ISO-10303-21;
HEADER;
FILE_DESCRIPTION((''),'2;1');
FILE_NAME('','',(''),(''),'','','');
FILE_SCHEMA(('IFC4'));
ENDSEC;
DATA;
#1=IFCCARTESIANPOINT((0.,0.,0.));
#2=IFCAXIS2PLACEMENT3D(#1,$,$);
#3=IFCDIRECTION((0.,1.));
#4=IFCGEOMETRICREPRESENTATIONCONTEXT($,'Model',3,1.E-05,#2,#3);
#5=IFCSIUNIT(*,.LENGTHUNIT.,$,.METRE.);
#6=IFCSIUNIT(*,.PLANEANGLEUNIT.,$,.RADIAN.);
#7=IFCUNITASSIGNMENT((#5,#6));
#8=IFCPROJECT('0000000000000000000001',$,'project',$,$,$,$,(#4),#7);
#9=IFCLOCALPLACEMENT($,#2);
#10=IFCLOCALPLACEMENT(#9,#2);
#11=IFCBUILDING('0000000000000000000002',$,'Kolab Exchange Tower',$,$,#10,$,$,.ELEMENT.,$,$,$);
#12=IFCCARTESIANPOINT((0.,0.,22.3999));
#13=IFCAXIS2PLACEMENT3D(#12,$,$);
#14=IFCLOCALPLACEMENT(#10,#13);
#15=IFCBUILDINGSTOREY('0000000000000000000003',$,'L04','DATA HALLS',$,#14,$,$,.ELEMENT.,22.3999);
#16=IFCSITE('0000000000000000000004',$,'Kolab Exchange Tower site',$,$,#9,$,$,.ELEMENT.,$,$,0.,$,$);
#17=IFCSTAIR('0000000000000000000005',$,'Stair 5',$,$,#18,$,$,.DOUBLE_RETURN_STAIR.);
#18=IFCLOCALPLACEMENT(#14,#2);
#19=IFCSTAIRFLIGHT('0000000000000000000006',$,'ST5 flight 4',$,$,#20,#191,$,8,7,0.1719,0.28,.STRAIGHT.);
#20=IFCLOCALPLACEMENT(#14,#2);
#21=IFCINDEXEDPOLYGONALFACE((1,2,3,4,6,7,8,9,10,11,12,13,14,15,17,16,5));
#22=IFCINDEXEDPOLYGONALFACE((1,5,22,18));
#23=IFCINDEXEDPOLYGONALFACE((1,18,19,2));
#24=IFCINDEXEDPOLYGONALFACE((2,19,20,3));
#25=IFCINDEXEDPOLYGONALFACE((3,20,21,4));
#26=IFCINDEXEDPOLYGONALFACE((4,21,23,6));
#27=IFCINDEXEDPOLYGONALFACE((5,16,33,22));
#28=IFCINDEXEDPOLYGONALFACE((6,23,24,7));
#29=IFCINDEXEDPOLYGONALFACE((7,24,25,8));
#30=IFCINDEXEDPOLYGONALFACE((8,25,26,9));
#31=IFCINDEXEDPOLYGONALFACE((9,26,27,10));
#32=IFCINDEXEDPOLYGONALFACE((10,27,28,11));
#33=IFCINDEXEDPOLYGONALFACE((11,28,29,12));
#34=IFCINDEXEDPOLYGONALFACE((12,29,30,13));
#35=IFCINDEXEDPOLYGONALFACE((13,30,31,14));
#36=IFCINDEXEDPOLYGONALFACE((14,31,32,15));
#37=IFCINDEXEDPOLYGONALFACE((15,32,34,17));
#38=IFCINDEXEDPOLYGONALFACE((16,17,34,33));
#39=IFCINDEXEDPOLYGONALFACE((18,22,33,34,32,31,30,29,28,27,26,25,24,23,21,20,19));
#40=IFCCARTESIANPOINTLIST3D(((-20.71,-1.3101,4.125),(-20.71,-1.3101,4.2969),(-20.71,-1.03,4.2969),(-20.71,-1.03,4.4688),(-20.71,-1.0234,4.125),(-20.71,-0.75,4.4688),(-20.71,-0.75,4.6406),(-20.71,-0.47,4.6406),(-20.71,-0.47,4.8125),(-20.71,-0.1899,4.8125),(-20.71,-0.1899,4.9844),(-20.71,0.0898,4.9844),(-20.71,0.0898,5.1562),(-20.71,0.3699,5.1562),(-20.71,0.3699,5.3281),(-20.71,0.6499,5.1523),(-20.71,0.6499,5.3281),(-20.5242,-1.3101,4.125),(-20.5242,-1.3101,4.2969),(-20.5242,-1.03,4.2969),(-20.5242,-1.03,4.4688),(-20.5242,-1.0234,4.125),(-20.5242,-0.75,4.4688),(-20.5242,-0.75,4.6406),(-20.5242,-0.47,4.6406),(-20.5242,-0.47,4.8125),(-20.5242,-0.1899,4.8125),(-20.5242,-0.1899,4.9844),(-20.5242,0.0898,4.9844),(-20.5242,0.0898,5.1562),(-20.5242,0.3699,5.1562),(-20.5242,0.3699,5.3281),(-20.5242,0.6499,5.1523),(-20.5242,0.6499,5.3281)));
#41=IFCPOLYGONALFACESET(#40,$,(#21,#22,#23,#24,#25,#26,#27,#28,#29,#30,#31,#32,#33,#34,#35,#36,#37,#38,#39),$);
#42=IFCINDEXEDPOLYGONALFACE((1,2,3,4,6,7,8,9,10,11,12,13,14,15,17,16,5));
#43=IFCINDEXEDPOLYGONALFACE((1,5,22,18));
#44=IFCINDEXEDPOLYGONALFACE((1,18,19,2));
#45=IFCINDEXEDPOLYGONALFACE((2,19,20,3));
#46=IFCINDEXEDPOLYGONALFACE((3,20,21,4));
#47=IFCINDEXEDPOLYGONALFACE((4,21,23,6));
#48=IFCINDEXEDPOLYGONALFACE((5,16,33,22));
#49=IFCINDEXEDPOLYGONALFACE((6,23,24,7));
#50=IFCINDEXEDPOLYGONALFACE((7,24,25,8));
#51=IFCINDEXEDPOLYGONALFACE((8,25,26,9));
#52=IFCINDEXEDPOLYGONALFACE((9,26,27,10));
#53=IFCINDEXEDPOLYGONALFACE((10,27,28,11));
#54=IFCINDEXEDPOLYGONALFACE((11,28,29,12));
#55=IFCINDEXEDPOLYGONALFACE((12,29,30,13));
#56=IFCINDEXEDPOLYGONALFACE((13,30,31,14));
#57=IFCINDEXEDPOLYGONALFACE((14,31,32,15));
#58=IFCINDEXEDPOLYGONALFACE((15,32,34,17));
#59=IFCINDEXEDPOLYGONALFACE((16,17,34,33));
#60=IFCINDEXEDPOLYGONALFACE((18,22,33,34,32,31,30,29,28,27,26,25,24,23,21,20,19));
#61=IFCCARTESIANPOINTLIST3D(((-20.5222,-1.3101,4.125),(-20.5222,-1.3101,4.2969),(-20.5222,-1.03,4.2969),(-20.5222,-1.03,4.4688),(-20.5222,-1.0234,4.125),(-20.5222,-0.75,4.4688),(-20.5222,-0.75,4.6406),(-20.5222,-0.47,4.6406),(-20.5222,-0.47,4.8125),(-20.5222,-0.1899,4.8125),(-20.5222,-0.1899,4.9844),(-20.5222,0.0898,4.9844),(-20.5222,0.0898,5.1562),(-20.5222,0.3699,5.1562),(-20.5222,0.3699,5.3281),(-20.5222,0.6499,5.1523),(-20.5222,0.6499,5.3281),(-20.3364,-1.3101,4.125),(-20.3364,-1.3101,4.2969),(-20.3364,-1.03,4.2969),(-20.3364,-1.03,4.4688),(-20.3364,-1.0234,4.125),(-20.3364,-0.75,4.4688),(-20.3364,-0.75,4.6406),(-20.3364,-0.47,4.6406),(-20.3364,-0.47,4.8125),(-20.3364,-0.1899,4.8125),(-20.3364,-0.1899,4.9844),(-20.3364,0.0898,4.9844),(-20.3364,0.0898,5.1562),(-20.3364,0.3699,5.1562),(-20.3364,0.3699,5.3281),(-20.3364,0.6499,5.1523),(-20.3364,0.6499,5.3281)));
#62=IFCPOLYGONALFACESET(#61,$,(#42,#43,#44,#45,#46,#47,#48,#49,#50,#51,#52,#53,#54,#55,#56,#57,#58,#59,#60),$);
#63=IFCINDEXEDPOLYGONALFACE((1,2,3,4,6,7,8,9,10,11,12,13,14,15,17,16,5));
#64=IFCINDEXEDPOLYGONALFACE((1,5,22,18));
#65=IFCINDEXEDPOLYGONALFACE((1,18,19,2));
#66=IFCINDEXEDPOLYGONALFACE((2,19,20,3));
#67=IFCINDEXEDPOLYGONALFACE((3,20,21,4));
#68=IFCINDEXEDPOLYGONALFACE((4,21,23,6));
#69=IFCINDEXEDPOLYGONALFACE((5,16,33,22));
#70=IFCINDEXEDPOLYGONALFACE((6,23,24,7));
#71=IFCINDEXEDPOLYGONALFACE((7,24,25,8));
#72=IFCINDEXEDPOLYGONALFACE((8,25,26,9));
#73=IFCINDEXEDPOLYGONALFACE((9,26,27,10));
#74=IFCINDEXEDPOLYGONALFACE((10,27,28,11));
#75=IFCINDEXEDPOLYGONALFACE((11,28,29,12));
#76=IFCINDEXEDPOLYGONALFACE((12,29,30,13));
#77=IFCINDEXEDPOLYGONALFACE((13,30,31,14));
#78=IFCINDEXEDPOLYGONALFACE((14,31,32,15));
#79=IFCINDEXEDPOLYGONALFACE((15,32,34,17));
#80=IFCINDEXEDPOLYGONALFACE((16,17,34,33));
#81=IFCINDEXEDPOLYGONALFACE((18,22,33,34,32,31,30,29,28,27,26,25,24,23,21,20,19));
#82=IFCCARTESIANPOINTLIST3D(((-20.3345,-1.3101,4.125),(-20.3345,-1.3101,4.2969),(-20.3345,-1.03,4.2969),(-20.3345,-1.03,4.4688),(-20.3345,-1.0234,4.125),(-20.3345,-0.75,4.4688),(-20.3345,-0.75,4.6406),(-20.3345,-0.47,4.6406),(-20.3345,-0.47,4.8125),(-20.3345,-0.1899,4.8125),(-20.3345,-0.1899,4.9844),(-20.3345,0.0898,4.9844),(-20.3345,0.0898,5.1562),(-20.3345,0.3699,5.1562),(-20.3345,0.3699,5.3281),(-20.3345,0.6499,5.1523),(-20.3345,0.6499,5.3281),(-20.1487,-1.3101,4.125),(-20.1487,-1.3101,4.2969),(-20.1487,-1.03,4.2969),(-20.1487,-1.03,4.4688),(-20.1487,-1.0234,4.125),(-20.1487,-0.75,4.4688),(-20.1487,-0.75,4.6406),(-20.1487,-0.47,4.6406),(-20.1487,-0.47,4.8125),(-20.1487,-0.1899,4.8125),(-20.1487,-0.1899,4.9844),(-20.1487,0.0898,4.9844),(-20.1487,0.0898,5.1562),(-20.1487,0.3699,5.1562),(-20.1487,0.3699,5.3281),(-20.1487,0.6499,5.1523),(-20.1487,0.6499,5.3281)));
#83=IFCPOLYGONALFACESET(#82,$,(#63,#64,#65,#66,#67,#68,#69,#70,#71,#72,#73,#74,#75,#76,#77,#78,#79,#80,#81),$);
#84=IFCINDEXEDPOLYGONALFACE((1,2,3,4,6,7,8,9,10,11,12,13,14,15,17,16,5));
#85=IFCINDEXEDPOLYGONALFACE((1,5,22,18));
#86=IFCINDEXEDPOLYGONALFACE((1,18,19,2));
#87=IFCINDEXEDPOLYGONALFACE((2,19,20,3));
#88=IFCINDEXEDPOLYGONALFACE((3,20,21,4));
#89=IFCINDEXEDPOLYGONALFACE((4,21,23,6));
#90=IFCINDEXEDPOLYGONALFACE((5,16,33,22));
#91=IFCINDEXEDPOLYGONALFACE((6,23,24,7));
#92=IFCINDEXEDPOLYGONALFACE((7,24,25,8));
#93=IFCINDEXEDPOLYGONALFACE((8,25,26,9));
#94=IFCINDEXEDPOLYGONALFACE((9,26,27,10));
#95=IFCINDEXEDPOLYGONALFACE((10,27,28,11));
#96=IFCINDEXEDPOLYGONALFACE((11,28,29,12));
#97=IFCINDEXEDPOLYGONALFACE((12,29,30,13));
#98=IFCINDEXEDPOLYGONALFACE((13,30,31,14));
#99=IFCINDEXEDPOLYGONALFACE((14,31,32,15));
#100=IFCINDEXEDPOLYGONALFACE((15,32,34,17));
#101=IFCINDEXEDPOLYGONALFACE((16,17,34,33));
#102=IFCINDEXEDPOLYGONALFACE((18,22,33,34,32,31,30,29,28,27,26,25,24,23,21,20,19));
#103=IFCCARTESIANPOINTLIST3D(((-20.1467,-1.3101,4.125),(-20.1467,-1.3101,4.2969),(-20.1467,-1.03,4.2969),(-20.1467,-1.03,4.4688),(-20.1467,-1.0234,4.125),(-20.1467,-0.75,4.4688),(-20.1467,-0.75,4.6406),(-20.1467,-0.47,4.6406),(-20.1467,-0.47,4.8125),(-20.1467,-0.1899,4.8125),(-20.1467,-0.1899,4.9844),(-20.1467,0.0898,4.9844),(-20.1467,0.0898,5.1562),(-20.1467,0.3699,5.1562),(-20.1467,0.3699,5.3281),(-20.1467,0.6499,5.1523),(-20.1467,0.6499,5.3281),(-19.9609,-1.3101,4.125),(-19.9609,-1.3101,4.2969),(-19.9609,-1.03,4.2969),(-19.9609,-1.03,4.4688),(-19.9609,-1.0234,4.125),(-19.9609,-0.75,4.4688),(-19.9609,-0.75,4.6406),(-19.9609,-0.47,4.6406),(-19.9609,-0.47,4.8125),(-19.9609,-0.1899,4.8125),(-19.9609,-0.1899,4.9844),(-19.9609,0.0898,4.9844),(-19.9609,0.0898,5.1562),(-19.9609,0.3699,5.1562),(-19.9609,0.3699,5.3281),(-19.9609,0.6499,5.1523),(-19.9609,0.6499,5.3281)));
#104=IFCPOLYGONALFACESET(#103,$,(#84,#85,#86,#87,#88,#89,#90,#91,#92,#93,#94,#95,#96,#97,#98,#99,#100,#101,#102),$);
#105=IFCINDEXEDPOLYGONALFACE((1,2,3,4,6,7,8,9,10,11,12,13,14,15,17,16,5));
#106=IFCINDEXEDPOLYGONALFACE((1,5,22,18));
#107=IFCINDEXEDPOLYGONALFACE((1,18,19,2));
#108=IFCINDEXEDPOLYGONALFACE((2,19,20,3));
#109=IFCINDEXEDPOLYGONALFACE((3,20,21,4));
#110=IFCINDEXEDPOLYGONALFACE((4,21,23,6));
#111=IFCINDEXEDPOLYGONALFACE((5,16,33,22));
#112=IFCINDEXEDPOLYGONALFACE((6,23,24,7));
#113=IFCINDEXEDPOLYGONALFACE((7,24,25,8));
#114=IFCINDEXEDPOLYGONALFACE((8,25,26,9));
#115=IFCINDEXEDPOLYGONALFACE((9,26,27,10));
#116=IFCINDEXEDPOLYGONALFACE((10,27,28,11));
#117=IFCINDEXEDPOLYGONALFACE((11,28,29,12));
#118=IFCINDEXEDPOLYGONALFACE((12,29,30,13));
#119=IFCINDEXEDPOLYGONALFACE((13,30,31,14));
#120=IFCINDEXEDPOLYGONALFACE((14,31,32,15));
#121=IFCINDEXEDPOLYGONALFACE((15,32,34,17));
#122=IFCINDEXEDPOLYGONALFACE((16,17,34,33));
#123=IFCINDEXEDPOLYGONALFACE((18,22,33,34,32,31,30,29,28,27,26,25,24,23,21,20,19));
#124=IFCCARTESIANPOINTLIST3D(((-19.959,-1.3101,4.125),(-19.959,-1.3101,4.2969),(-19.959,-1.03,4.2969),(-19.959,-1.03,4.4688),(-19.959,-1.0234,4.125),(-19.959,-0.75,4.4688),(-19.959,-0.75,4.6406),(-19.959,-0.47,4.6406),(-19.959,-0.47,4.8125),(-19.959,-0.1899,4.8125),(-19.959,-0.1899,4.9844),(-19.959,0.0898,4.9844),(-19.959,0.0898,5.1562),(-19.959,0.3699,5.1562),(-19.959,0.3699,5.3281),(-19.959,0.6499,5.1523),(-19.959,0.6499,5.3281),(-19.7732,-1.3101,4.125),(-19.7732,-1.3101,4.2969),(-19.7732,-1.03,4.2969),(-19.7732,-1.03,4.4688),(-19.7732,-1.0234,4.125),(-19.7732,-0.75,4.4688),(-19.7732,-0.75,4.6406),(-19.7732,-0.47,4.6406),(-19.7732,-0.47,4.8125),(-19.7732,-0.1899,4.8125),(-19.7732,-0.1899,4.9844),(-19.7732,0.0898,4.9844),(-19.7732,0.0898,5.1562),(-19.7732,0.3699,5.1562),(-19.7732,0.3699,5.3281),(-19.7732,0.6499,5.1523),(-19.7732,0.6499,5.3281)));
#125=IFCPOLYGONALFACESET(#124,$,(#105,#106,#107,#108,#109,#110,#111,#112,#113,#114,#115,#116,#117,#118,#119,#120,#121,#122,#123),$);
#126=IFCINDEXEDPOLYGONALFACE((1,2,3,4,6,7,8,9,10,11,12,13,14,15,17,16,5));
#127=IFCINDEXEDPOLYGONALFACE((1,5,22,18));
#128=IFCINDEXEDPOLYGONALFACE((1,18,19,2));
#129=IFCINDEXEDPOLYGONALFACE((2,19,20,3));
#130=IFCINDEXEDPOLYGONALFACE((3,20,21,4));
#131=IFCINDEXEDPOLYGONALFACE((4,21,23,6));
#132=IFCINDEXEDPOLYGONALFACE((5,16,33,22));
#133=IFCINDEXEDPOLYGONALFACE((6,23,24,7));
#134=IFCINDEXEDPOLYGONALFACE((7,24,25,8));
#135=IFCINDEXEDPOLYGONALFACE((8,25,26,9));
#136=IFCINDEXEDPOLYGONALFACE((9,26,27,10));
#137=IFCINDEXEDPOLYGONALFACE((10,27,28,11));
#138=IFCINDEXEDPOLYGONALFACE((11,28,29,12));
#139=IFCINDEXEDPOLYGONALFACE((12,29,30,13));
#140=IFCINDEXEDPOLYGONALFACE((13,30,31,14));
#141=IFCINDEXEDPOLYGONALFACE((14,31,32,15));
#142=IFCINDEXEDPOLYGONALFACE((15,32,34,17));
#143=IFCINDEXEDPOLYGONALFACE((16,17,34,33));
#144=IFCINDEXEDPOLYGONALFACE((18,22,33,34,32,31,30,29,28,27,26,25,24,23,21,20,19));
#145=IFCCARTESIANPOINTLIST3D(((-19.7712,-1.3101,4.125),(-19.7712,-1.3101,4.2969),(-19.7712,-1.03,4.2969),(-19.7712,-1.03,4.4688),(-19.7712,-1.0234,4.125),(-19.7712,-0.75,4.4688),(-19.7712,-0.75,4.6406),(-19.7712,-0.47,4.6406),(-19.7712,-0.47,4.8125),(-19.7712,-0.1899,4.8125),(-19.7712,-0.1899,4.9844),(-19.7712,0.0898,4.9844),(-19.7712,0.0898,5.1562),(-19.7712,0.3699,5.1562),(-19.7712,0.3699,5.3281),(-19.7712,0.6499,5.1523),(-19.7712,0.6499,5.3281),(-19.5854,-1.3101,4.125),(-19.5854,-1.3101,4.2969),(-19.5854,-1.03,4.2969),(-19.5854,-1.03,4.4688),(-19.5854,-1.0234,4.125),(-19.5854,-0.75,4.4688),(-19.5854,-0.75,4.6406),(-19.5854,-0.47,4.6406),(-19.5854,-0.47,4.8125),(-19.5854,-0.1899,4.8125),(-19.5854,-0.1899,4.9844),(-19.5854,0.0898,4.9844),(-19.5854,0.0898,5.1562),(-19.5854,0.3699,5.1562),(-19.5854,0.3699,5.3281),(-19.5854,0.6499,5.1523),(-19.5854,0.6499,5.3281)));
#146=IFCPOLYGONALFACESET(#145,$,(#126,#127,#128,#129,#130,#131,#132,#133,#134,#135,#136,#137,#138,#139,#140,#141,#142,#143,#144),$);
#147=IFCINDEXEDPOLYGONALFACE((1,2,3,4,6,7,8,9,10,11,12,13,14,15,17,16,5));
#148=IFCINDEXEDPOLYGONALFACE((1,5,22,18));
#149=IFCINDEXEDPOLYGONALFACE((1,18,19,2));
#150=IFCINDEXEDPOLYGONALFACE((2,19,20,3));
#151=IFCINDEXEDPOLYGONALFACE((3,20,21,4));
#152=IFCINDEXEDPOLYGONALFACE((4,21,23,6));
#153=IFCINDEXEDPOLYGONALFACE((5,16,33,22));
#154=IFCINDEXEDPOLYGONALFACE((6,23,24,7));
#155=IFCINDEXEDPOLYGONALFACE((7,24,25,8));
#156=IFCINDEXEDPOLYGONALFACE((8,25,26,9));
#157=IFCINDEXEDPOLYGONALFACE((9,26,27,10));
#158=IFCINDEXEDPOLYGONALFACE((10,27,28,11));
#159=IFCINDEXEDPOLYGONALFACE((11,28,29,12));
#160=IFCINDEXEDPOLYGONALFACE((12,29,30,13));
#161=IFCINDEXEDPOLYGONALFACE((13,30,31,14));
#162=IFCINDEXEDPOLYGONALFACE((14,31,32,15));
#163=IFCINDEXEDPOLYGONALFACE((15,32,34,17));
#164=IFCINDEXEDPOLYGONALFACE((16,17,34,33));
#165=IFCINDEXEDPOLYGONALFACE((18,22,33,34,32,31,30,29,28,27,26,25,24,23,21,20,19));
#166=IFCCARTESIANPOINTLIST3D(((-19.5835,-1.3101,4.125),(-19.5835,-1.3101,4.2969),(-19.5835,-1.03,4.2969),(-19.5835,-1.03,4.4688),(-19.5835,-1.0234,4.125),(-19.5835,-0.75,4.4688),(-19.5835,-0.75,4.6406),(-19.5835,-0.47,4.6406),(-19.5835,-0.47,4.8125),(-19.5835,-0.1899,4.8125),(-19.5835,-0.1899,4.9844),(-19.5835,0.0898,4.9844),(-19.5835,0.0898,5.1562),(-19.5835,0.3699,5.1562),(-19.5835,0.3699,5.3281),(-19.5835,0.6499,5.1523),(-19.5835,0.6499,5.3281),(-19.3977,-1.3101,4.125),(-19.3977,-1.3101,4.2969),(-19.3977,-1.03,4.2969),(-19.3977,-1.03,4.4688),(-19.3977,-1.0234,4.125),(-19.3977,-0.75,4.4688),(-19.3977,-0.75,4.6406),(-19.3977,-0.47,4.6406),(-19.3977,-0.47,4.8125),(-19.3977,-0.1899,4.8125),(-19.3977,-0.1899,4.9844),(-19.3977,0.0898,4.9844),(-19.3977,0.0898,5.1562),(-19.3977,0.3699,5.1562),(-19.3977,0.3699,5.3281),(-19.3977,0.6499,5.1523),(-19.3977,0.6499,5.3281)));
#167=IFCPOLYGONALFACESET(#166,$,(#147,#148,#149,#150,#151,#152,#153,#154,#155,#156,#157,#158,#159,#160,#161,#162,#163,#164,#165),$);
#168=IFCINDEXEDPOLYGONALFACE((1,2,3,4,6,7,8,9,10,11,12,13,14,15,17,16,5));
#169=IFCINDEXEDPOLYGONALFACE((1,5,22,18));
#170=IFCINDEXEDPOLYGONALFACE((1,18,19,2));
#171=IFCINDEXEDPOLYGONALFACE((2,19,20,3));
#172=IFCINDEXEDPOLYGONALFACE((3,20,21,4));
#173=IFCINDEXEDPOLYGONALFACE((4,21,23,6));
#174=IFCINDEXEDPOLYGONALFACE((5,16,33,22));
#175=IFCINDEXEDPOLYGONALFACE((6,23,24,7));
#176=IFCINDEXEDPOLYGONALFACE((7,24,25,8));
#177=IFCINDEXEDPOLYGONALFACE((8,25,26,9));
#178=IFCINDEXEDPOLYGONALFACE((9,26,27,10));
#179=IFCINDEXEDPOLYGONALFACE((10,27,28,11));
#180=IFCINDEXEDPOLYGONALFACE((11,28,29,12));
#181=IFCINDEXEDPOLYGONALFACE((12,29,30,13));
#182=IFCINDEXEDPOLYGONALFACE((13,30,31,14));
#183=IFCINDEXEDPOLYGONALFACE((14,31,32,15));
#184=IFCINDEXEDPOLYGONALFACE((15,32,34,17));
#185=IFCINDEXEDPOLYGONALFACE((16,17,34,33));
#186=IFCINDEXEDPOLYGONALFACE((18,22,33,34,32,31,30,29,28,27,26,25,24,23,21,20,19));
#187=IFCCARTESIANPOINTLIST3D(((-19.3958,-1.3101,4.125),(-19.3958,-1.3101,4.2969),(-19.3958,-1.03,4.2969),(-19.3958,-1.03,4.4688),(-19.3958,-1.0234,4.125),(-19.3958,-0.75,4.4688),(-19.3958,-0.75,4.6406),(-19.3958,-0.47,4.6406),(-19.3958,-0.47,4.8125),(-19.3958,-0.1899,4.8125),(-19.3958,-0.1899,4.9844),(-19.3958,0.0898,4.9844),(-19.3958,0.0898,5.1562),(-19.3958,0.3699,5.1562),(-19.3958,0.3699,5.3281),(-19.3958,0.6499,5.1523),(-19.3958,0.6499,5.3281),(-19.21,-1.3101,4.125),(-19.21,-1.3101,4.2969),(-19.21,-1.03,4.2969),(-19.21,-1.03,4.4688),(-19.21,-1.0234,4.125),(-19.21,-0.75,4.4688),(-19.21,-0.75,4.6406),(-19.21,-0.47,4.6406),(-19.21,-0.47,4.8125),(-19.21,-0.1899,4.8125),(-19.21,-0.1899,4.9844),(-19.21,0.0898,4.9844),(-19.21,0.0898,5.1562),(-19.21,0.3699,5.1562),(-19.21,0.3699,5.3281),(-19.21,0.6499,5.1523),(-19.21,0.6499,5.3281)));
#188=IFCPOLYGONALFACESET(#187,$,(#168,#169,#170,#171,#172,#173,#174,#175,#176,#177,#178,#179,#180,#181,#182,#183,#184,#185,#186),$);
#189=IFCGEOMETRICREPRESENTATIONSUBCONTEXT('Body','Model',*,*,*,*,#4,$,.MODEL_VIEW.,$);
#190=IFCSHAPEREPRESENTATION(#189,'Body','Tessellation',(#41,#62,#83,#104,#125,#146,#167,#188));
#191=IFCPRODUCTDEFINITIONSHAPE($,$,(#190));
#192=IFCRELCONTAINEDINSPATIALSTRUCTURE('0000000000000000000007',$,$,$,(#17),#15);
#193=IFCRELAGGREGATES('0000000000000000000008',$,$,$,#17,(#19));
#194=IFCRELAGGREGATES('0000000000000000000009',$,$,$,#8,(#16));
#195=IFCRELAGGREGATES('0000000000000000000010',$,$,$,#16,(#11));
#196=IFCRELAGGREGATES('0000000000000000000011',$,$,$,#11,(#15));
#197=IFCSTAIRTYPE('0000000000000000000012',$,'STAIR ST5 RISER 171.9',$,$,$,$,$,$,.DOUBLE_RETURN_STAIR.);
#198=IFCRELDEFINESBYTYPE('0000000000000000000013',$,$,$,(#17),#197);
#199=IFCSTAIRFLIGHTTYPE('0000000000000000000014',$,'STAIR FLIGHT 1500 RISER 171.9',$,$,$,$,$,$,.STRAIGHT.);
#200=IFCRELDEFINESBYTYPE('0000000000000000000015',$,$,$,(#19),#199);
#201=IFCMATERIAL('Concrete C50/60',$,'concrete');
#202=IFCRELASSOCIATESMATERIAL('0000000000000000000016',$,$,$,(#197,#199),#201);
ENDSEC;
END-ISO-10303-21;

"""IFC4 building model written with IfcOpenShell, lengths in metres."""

from ifc_helpers import new_model, si_unit, direction, frame, origin, place, context, subcontext, project, spatial, polyline, outline, extrude, material, type_object, element, aggregate, save


model = new_model("IFC4")

# Units and contexts
model_context = context("Model", 3, precision=1e-05, world=origin(), true_north=direction((0.0, 1.0)))
body_context = subcontext(model_context, "Body", "Model", "MODEL_VIEW")
ifc_project = project(units=[si_unit("LENGTHUNIT", "METRE"), si_unit("PLANEANGLEUNIT", "RADIAN")], contexts=[model_context])

# Site, building, storey
site_placement = place(None, origin())
site = spatial("IfcSite", under=ifc_project, at=site_placement, Name="Kolab Exchange Tower site", CompositionType="ELEMENT", RefElevation=0.0)
building_placement = place(site_placement, origin())
building = spatial("IfcBuilding", under=site, at=building_placement, Name="Kolab Exchange Tower", CompositionType="ELEMENT")
storey_placement = place(building_placement, frame((0.0, 0.0, 22.3999)))
storey = spatial("IfcBuildingStorey", under=building, at=storey_placement, Name="L04", Description="DATA HALLS", CompositionType="ELEMENT", Elevation=22.3999)

# Shared definitions
ifc_material_1 = material(Name="Concrete C50/60", Category="concrete")

# Stair, stair flight
stair_type = type_object("IfcStairType", Name="STAIR ST5 RISER 171.9", PredefinedType="DOUBLE_RETURN_STAIR", material=ifc_material_1)
stair_placement = place(storey_placement, origin())
stair = element("IfcStair", 1, at=stair_placement, inside=storey, type_object=stair_type, Name="Stair 5", PredefinedType="DOUBLE_RETURN_STAIR")
stair_flight_type = type_object("IfcStairFlightType", Name="STAIR FLIGHT 1500 RISER 171.9", PredefinedType="STRAIGHT", material=ifc_material_1)
stair_flight_1_placement = place(storey_placement, frame((-19.96, -1.3101, 4.125), z_axis=(0.0, 0.0, 1.0), x_axis=(0.0, 1.0, 0.0)))
stair_flight_1 = element("IfcStairFlight", 2, at=stair_flight_1_placement, type_object=stair_flight_type, Name="ST5 flight 4", NumberOfRisers=8, NumberOfTreads=7, PredefinedType="STRAIGHT", RiserHeight=0.1719, TreadLength=0.28, context=body_context, shape_type="SweptSolid", body=[
    extrude(outline(polyline([(0.0, 0.0), (0.0, 0.1719), (0.28, 0.1719), (0.28, 0.3438), (0.5601, 0.3438), (0.5601, 0.5156), (0.8401, 0.5156), (0.8401, 0.6875), (1.1201, 0.6875), (1.1201, 0.8594), (1.3999, 0.8594), (1.3999, 1.0312), (1.6799, 1.0312), (1.6799, 1.2031), (1.96, 1.2031), (1.96, 1.375), (1.96, 1.0273), (0.2866, 0.0), (0.0, 0.0)])), frame((0.0, 0.75, 0.0), z_axis=(0.0, -1.0, 0.0), x_axis=(1.0, 0.0, 0.0)), (0.0, 0.0, 1.0), 0.1858),
    extrude(outline(polyline([(0.0, 0.0), (0.0, 0.1719), (0.28, 0.1719), (0.28, 0.3438), (0.5601, 0.3438), (0.5601, 0.5156), (0.8401, 0.5156), (0.8401, 0.6875), (1.1201, 0.6875), (1.1201, 0.8594), (1.3999, 0.8594), (1.3999, 1.0312), (1.6799, 1.0312), (1.6799, 1.2031), (1.96, 1.2031), (1.96, 1.375), (1.96, 1.0273), (0.2866, 0.0), (0.0, 0.0)])), frame((0.0, 0.5623, 0.0), z_axis=(0.0, -1.0, 0.0), x_axis=(1.0, 0.0, 0.0)), (0.0, 0.0, 1.0), 0.1858),
    extrude(outline(polyline([(0.0, 0.0), (0.0, 0.1719), (0.28, 0.1719), (0.28, 0.3438), (0.5601, 0.3438), (0.5601, 0.5156), (0.8401, 0.5156), (0.8401, 0.6875), (1.1201, 0.6875), (1.1201, 0.8594), (1.3999, 0.8594), (1.3999, 1.0312), (1.6799, 1.0312), (1.6799, 1.2031), (1.96, 1.2031), (1.96, 1.375), (1.96, 1.0273), (0.2866, 0.0), (0.0, 0.0)])), frame((0.0, 0.3745, 0.0), z_axis=(0.0, -1.0, 0.0), x_axis=(1.0, 0.0, 0.0)), (0.0, 0.0, 1.0), 0.1858),
    extrude(outline(polyline([(0.0, 0.0), (0.0, 0.1719), (0.28, 0.1719), (0.28, 0.3438), (0.5601, 0.3438), (0.5601, 0.5156), (0.8401, 0.5156), (0.8401, 0.6875), (1.1201, 0.6875), (1.1201, 0.8594), (1.3999, 0.8594), (1.3999, 1.0312), (1.6799, 1.0312), (1.6799, 1.2031), (1.96, 1.2031), (1.96, 1.375), (1.96, 1.0273), (0.2866, 0.0), (0.0, 0.0)])), frame((0.0, 0.1868, 0.0), z_axis=(0.0, -1.0, 0.0), x_axis=(1.0, 0.0, 0.0)), (0.0, 0.0, 1.0), 0.1858),
    extrude(outline(polyline([(0.0, 0.0), (0.0, 0.1719), (0.28, 0.1719), (0.28, 0.3438), (0.5601, 0.3438), (0.5601, 0.5156), (0.8401, 0.5156), (0.8401, 0.6875), (1.1201, 0.6875), (1.1201, 0.8594), (1.3999, 0.8594), (1.3999, 1.0312), (1.6799, 1.0312), (1.6799, 1.2031), (1.96, 1.2031), (1.96, 1.375), (1.96, 1.0273), (0.2866, 0.0), (0.0, 0.0)])), frame((0.0, -0.001, 0.0), z_axis=(0.0, -1.0, 0.0), x_axis=(1.0, 0.0, 0.0)), (0.0, 0.0, 1.0), 0.1858),
    extrude(outline(polyline([(0.0, 0.0), (0.0, 0.1719), (0.28, 0.1719), (0.28, 0.3438), (0.5601, 0.3438), (0.5601, 0.5156), (0.8401, 0.5156), (0.8401, 0.6875), (1.1201, 0.6875), (1.1201, 0.8594), (1.3999, 0.8594), (1.3999, 1.0312), (1.6799, 1.0312), (1.6799, 1.2031), (1.96, 1.2031), (1.96, 1.375), (1.96, 1.0273), (0.2866, 0.0), (0.0, 0.0)])), frame((0.0, -0.1887, 0.0), z_axis=(0.0, -1.0, 0.0), x_axis=(1.0, 0.0, 0.0)), (0.0, 0.0, 1.0), 0.1858),
    extrude(outline(polyline([(0.0, 0.0), (0.0, 0.1719), (0.28, 0.1719), (0.28, 0.3438), (0.5601, 0.3438), (0.5601, 0.5156), (0.8401, 0.5156), (0.8401, 0.6875), (1.1201, 0.6875), (1.1201, 0.8594), (1.3999, 0.8594), (1.3999, 1.0312), (1.6799, 1.0312), (1.6799, 1.2031), (1.96, 1.2031), (1.96, 1.375), (1.96, 1.0273), (0.2866, 0.0), (0.0, 0.0)])), frame((0.0, -0.3765, 0.0), z_axis=(0.0, -1.0, 0.0), x_axis=(1.0, 0.0, 0.0)), (0.0, 0.0, 1.0), 0.1858),
    extrude(outline(polyline([(0.0, 0.0), (0.0, 0.1719), (0.28, 0.1719), (0.28, 0.3438), (0.5601, 0.3438), (0.5601, 0.5156), (0.8401, 0.5156), (0.8401, 0.6875), (1.1201, 0.6875), (1.1201, 0.8594), (1.3999, 0.8594), (1.3999, 1.0312), (1.6799, 1.0312), (1.6799, 1.2031), (1.96, 1.2031), (1.96, 1.375), (1.96, 1.0273), (0.2866, 0.0), (0.0, 0.0)])), frame((0.0, -0.5642, 0.0), z_axis=(0.0, -1.0, 0.0), x_axis=(1.0, 0.0, 0.0)), (0.0, 0.0, 1.0), 0.1858),
])
aggregate(stair, [stair_flight_1])

save(model, "model.ifc")
